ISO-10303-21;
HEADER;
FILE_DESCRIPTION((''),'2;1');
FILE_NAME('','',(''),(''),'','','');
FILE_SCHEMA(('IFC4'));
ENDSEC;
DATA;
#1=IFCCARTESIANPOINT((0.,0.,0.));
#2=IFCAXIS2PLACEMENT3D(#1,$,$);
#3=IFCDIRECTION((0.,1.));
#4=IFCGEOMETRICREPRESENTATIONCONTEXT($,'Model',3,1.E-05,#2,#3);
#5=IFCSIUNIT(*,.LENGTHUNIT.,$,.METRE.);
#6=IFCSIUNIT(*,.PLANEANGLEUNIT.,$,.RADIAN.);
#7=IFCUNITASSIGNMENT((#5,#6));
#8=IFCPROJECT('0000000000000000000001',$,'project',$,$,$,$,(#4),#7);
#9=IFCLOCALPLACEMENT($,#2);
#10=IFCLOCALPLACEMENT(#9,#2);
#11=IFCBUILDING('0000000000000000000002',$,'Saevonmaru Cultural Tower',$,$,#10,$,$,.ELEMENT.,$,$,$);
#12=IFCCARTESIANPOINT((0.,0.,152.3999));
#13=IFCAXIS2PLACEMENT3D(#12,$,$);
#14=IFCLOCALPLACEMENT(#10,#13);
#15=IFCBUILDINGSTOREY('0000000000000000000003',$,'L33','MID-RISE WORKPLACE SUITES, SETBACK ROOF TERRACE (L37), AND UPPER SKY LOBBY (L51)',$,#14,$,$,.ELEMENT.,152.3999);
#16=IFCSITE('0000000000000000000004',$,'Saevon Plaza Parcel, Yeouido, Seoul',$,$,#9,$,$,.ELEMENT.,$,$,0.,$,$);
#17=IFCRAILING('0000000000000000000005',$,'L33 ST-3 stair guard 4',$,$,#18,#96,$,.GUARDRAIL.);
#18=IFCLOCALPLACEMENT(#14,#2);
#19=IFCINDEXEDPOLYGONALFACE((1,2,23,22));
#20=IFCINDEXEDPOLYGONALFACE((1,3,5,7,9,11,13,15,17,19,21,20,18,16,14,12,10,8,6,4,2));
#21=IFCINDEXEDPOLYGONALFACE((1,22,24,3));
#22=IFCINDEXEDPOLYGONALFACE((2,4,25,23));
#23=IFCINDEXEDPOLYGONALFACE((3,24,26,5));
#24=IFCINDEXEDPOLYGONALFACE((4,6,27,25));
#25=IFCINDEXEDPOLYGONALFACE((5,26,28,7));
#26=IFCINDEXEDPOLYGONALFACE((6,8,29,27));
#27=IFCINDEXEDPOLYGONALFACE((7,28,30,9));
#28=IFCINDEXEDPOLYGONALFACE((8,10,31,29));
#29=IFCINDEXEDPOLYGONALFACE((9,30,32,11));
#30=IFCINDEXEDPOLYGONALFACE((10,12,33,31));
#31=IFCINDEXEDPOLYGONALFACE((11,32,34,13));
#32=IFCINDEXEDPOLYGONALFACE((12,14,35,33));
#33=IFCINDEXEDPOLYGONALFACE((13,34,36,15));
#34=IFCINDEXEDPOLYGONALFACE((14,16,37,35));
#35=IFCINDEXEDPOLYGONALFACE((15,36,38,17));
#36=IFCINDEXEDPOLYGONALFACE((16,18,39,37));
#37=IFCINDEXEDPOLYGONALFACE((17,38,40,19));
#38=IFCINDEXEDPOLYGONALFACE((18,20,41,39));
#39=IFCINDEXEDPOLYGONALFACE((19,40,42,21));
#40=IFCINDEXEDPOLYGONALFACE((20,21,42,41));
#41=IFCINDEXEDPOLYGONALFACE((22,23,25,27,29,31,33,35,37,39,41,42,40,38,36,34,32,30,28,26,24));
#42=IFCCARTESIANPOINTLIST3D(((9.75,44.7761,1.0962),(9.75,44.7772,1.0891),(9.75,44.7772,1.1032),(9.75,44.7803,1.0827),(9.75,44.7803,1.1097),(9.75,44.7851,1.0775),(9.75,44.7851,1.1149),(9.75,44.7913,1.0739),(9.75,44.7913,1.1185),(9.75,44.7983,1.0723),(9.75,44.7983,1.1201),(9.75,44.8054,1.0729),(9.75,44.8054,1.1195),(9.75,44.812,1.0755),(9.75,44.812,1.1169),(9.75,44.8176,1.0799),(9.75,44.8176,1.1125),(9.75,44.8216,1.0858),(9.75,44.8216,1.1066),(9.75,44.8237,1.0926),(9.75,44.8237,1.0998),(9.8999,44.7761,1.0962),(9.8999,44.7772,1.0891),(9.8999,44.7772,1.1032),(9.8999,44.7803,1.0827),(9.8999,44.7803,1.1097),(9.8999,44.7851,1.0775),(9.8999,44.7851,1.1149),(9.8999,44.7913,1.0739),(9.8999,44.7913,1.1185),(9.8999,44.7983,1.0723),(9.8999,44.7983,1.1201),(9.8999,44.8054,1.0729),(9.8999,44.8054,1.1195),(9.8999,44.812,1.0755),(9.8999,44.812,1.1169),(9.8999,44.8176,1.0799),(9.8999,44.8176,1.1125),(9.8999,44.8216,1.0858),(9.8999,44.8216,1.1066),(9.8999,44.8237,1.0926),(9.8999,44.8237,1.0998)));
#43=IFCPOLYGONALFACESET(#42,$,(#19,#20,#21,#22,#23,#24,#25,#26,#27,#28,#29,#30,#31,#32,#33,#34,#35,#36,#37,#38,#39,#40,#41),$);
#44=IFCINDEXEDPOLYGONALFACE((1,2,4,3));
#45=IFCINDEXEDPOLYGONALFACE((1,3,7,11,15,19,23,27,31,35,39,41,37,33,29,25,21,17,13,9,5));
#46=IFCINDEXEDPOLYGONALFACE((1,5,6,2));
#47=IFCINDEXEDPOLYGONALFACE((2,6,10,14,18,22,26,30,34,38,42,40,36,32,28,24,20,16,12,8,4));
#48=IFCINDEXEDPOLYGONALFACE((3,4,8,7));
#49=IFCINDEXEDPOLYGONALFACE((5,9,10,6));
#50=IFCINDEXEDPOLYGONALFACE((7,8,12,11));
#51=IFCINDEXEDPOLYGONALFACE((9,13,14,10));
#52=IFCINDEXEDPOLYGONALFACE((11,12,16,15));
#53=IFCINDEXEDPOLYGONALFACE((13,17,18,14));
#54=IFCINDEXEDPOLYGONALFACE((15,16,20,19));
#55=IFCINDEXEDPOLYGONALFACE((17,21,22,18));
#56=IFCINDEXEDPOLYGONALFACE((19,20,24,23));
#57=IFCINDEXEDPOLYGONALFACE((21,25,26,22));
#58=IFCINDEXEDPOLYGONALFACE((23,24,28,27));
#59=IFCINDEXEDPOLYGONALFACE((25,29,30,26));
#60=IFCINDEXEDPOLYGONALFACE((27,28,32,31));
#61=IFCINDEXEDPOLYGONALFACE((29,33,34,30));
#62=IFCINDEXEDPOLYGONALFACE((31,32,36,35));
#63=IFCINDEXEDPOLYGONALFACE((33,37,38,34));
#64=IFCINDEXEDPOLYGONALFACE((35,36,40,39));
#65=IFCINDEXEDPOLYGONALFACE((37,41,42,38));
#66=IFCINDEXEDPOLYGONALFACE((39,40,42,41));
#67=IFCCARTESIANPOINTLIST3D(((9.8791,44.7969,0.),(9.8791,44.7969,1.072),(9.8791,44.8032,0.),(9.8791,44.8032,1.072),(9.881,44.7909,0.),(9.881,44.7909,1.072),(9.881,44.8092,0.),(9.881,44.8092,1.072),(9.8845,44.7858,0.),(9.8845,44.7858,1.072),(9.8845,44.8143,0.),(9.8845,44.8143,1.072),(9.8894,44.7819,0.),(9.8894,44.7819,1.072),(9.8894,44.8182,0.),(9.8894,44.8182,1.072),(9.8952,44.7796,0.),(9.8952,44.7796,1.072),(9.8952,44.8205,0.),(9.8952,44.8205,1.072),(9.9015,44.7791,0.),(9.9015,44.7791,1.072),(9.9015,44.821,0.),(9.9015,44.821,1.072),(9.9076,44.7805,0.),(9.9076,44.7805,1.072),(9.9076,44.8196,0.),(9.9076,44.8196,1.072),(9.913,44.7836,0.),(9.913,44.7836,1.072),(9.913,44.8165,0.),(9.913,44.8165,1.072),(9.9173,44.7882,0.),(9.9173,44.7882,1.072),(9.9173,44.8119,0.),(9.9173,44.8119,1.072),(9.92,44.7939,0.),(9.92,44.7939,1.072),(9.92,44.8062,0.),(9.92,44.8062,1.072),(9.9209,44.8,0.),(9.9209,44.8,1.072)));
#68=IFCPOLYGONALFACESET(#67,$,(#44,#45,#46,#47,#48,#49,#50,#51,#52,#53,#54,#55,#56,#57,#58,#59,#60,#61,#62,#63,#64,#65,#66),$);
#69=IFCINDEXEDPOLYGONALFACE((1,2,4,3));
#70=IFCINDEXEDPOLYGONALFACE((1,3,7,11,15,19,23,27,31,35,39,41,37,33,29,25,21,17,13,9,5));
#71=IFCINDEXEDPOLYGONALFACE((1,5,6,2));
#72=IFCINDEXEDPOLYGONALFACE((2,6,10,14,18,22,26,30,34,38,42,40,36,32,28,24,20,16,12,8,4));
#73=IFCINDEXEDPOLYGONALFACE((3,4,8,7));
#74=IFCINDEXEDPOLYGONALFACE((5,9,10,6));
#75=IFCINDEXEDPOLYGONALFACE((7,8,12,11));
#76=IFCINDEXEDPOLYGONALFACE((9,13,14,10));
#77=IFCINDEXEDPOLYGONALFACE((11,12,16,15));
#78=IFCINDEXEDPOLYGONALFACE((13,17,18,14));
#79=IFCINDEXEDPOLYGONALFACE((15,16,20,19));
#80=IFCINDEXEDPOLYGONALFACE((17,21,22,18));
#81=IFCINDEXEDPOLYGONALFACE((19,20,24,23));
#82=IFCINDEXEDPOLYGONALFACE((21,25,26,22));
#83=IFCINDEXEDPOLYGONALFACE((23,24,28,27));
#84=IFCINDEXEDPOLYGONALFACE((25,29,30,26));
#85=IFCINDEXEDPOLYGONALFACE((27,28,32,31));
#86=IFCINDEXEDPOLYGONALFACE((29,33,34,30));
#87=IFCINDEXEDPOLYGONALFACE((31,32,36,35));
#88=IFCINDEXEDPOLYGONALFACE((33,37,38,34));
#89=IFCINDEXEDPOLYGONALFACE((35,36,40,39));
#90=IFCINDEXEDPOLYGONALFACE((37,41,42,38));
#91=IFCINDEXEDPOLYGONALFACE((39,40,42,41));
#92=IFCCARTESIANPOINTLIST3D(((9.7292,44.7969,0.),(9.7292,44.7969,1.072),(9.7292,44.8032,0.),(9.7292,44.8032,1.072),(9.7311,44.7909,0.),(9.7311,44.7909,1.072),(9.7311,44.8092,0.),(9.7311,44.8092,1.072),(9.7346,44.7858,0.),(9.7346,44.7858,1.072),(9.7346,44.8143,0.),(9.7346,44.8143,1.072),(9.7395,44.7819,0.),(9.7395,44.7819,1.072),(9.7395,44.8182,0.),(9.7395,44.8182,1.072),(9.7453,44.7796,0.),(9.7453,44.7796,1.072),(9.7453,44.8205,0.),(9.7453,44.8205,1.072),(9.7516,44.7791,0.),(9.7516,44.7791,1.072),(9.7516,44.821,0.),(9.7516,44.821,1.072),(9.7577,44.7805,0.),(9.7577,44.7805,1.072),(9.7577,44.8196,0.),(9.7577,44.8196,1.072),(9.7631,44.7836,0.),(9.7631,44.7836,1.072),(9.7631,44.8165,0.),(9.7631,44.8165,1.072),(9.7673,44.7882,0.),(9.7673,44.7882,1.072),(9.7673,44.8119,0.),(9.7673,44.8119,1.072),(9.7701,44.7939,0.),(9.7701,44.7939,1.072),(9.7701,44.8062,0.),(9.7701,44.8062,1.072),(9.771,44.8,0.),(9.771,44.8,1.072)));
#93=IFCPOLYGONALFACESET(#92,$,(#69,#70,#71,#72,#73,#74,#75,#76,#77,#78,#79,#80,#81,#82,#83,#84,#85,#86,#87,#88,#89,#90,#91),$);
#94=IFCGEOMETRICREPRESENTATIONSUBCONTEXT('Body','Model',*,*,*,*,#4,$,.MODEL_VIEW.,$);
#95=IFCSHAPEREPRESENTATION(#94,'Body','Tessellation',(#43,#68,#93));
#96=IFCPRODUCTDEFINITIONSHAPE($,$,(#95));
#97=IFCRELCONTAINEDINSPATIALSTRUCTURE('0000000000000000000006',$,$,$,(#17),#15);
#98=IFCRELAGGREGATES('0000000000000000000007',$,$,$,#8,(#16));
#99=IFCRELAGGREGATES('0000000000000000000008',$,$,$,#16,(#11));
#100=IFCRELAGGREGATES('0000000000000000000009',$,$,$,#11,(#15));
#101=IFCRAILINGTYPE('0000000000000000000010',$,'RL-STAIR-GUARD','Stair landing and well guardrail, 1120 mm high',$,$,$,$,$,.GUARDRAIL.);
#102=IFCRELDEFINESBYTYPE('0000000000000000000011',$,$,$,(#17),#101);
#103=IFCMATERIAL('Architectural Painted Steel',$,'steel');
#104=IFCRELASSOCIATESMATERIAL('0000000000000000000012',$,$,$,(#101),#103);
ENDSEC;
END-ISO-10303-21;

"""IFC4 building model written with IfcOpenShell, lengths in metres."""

from ifc_helpers import new_model, si_unit, direction, frame, origin, origin_2d, place, context, subcontext, project, spatial, circle, extrude, material, type_object, element, save


model = new_model("IFC4")

# Units and contexts
model_context = context("Model", 3, precision=1e-05, world=origin(), true_north=direction((0.0, 1.0)))
body_context = subcontext(model_context, "Body", "Model", "MODEL_VIEW")
ifc_project = project(units=[si_unit("LENGTHUNIT", "METRE"), si_unit("PLANEANGLEUNIT", "RADIAN")], contexts=[model_context])

# Site, building, storey
site_placement = place(None, origin())
site = spatial("IfcSite", under=ifc_project, at=site_placement, Name="Saevon Plaza Parcel, Yeouido, Seoul", CompositionType="ELEMENT", RefElevation=0.0)
building_placement = place(site_placement, origin())
building = spatial("IfcBuilding", under=site, at=building_placement, Name="Saevonmaru Cultural Tower", CompositionType="ELEMENT")
storey_placement = place(building_placement, frame((0.0, 0.0, 152.3999)))
storey = spatial("IfcBuildingStorey", under=building, at=storey_placement, Name="L33", Description="MID-RISE WORKPLACE SUITES, SETBACK ROOF TERRACE (L37), AND UPPER SKY LOBBY (L51)", CompositionType="ELEMENT", Elevation=152.3999)

# Railing
ifc_material_1 = material(Name="Architectural Painted Steel", Category="steel")
railing_type_1 = type_object("IfcRailingType", Name="RL-STAIR-GUARD", Description="Stair landing and well guardrail, 1120 mm high", PredefinedType="GUARDRAIL", material=ifc_material_1)
railing_1_placement = place(storey_placement, frame((9.8999, 44.8, 0.0)))
element("IfcRailing", 1, at=railing_1_placement, inside=storey, type_object=railing_type_1, Name="L33 ST-3 stair guard 4", PredefinedType="GUARDRAIL", context=body_context, shape_type="SweptSolid", body=[
    extrude(circle(Radius=0.0239, at=origin_2d()), frame((0.0, 0.0, 1.0962), z_axis=(-1.0, 0.0, 0.0), x_axis=(0.0, -1.0, 0.0)), (0.0, 0.0, 1.0), 0.1499),
    extrude(circle(Radius=0.021, at=origin_2d()), origin(), (0.0, 0.0, 1.0), 1.072),
    extrude(circle(Radius=0.021, at=origin_2d()), frame((-0.1499, 0.0, 0.0)), (0.0, 0.0, 1.0), 1.072),
])

save(model, "model.ifc")
